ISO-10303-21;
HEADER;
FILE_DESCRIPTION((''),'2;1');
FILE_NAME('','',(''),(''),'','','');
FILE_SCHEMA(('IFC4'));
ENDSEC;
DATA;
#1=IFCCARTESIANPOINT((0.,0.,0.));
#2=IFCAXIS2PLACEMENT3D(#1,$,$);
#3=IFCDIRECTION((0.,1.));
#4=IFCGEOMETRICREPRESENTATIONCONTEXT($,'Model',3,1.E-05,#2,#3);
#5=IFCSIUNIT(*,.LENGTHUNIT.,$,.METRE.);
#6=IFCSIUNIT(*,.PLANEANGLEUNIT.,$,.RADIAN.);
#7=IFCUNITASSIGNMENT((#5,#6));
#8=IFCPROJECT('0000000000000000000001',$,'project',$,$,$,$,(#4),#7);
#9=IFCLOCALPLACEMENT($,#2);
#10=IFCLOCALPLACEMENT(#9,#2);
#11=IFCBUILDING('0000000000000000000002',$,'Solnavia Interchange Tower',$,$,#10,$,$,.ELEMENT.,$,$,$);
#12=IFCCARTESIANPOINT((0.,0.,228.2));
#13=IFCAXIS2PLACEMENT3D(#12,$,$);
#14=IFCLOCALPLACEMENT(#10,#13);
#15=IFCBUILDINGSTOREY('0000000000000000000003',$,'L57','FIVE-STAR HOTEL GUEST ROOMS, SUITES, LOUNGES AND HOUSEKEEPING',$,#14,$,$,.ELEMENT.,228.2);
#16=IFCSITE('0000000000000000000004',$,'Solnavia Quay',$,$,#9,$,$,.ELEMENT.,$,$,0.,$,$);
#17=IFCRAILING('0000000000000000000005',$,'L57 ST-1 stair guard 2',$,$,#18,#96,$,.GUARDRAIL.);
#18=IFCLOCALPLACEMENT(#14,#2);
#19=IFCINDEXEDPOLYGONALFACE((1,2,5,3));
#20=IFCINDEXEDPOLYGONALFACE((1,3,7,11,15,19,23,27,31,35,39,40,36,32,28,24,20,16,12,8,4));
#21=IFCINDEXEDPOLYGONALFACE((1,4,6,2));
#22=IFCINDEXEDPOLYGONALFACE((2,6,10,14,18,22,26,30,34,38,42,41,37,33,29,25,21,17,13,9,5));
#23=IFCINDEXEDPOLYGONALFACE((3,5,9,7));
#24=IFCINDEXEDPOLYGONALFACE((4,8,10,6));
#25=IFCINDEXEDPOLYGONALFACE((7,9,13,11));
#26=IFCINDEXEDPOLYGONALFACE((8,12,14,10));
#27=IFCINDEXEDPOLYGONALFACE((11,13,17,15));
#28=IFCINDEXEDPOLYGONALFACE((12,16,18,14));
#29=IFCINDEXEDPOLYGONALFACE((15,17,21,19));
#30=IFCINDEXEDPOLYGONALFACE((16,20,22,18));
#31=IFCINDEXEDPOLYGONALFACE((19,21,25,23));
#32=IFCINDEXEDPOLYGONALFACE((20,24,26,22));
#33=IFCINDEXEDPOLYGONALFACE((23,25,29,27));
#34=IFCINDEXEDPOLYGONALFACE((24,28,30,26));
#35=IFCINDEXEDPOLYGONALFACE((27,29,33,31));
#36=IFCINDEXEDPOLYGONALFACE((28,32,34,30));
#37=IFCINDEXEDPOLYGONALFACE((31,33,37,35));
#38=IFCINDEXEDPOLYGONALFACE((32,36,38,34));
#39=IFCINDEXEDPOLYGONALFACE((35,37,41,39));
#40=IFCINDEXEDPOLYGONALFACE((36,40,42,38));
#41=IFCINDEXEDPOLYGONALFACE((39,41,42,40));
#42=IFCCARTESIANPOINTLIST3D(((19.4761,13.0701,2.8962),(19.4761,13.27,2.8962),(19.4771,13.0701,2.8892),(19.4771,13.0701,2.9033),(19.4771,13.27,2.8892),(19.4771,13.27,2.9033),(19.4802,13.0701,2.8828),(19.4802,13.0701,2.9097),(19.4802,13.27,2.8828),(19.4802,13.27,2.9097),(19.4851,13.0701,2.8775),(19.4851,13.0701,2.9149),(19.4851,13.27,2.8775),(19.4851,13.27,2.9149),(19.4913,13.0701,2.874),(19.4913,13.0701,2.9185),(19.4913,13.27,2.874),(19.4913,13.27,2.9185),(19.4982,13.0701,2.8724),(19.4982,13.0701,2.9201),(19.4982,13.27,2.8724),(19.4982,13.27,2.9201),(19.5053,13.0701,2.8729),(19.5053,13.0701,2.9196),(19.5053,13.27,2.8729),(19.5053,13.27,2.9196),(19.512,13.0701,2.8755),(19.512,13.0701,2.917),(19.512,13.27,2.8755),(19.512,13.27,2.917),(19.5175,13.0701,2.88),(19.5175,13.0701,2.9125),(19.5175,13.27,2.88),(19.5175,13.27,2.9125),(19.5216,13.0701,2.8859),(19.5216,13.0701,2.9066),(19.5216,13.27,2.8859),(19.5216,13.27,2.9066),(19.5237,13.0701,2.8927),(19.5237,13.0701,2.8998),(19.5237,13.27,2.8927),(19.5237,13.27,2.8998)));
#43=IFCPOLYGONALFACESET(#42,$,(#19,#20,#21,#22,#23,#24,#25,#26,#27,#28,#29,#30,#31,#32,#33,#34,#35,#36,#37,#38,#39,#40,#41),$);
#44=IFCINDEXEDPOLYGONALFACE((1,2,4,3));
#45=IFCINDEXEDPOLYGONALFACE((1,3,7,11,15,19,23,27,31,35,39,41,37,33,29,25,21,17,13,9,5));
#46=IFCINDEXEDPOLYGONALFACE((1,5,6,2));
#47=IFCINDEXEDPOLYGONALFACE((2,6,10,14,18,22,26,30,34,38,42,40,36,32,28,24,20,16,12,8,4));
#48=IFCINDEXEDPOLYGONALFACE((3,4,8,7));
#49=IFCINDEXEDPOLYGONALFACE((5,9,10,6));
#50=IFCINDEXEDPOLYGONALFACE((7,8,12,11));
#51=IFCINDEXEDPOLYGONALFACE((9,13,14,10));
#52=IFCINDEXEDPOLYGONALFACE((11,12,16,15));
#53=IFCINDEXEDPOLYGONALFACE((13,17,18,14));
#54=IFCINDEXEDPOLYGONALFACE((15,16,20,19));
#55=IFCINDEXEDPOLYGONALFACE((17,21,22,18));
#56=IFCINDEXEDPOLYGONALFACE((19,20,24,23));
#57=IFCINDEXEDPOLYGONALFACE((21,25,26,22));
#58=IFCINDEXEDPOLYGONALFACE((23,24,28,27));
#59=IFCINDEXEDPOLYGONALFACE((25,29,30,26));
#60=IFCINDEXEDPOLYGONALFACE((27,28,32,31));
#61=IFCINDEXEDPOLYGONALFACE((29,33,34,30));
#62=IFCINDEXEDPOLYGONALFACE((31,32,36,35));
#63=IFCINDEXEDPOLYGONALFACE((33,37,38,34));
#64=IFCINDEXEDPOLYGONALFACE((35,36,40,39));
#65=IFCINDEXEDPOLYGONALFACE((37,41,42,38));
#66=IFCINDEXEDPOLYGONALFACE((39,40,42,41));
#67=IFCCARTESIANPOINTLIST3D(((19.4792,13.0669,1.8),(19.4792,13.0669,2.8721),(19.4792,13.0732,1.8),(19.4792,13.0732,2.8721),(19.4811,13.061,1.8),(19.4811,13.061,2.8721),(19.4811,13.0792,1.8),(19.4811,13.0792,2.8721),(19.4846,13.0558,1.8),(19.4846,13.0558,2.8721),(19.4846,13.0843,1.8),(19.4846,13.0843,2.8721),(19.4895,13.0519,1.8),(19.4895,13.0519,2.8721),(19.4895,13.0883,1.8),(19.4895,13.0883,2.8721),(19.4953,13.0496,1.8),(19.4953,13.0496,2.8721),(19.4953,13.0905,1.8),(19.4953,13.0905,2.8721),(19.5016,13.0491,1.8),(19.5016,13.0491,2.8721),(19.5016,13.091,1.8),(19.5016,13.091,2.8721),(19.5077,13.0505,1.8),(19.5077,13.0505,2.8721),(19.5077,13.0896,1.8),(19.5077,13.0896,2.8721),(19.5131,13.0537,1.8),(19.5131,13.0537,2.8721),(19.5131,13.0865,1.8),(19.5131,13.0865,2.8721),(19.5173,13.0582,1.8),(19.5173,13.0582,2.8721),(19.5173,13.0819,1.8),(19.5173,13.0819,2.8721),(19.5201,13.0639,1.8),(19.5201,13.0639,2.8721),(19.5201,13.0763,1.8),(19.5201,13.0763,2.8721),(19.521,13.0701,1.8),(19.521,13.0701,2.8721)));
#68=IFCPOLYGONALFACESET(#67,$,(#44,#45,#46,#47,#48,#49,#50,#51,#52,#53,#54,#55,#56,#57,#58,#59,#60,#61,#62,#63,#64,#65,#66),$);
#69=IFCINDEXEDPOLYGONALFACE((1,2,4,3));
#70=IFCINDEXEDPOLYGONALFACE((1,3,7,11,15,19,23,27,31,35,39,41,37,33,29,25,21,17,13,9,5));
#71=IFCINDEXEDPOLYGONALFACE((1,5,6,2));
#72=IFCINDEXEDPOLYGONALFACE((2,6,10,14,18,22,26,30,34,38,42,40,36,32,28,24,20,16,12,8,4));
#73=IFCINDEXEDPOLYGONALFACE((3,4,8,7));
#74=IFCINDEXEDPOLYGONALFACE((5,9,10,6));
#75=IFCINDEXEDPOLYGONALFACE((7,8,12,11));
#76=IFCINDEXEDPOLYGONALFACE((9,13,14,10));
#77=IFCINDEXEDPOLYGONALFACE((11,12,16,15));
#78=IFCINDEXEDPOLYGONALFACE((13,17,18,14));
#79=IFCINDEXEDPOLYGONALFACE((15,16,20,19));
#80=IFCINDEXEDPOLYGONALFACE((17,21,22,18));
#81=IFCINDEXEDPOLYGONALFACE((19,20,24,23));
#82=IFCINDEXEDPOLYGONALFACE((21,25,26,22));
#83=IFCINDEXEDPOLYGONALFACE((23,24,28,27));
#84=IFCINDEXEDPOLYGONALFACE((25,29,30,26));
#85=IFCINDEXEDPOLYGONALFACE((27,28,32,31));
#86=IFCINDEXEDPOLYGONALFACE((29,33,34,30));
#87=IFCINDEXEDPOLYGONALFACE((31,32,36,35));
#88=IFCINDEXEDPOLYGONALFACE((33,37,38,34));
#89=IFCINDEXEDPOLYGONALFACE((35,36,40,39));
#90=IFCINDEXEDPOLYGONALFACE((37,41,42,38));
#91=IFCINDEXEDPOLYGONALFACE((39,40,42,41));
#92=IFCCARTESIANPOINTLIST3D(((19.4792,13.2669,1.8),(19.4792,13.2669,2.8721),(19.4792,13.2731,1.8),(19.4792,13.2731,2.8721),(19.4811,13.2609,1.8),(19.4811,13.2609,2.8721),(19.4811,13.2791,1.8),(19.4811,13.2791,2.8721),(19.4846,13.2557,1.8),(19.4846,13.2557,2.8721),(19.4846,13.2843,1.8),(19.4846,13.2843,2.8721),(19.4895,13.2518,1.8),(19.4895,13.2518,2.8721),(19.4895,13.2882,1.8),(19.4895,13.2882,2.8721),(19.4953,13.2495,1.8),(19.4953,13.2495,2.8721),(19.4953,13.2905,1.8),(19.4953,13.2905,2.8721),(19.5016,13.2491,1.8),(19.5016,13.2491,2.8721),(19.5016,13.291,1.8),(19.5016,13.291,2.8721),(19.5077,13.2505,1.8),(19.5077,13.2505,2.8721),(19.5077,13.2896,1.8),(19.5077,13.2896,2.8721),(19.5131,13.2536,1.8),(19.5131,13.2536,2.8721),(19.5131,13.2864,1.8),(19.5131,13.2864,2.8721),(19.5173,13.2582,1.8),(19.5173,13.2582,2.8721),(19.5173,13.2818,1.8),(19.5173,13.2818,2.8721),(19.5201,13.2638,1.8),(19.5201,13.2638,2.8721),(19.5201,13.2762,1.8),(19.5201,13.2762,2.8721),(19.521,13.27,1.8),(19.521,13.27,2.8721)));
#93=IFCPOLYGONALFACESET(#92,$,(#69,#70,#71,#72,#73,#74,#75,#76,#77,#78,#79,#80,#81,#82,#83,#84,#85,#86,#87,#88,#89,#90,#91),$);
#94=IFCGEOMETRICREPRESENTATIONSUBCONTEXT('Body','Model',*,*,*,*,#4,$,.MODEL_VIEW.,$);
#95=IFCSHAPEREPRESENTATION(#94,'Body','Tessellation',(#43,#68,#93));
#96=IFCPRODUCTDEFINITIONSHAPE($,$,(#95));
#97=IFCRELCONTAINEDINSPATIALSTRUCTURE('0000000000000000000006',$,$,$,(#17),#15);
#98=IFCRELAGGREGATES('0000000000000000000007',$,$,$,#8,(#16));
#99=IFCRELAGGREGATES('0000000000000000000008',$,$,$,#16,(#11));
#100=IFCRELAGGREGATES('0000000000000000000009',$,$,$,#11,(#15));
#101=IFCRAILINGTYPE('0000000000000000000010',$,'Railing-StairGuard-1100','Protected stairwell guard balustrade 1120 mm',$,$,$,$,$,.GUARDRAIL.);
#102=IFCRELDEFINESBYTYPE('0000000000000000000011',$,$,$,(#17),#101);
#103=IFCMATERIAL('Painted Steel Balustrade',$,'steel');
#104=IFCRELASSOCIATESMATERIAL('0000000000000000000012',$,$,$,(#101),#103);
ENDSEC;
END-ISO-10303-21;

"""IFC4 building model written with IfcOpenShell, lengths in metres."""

from ifc_helpers import new_model, si_unit, direction, frame, origin, origin_2d, place, context, subcontext, project, spatial, circle, extrude, material, type_object, element, save


model = new_model("IFC4")

# Units and contexts
model_context = context("Model", 3, precision=1e-05, world=origin(), true_north=direction((0.0, 1.0)))
body_context = subcontext(model_context, "Body", "Model", "MODEL_VIEW")
ifc_project = project(units=[si_unit("LENGTHUNIT", "METRE"), si_unit("PLANEANGLEUNIT", "RADIAN")], contexts=[model_context])

# Site, building, storey
site_placement = place(None, origin())
site = spatial("IfcSite", under=ifc_project, at=site_placement, Name="Solnavia Quay", CompositionType="ELEMENT", RefElevation=0.0)
building_placement = place(site_placement, origin())
building = spatial("IfcBuilding", under=site, at=building_placement, Name="Solnavia Interchange Tower", CompositionType="ELEMENT")
storey_placement = place(building_placement, frame((0.0, 0.0, 228.2)))
storey = spatial("IfcBuildingStorey", under=building, at=storey_placement, Name="L57", Description="FIVE-STAR HOTEL GUEST ROOMS, SUITES, LOUNGES AND HOUSEKEEPING", CompositionType="ELEMENT", Elevation=228.2)

# Railing
ifc_material_1 = material(Name="Painted Steel Balustrade", Category="steel")
railing_type = type_object("IfcRailingType", Name="Railing-StairGuard-1100", Description="Protected stairwell guard balustrade 1120 mm", PredefinedType="GUARDRAIL", material=ifc_material_1)
railing_placement = place(storey_placement, frame((19.5, 13.0701, 1.8)))
element("IfcRailing", 1, at=railing_placement, inside=storey, type_object=railing_type, Name="L57 ST-1 stair guard 2", PredefinedType="GUARDRAIL", context=body_context, shape_type="SweptSolid", body=[
    extrude(circle(Radius=0.0239, at=origin_2d()), frame((0.0, 0.0, 1.0962), z_axis=(0.0, 1.0, 0.0), x_axis=(-1.0, 0.0, 0.0)), (0.0, 0.0, 1.0), 0.2),
    extrude(circle(Radius=0.021, at=origin_2d()), origin(), (0.0, 0.0, 1.0), 1.072),
    extrude(circle(Radius=0.021, at=origin_2d()), frame((0.0, 0.2, 0.0)), (0.0, 0.0, 1.0), 1.072),
])

save(model, "model.ifc")
